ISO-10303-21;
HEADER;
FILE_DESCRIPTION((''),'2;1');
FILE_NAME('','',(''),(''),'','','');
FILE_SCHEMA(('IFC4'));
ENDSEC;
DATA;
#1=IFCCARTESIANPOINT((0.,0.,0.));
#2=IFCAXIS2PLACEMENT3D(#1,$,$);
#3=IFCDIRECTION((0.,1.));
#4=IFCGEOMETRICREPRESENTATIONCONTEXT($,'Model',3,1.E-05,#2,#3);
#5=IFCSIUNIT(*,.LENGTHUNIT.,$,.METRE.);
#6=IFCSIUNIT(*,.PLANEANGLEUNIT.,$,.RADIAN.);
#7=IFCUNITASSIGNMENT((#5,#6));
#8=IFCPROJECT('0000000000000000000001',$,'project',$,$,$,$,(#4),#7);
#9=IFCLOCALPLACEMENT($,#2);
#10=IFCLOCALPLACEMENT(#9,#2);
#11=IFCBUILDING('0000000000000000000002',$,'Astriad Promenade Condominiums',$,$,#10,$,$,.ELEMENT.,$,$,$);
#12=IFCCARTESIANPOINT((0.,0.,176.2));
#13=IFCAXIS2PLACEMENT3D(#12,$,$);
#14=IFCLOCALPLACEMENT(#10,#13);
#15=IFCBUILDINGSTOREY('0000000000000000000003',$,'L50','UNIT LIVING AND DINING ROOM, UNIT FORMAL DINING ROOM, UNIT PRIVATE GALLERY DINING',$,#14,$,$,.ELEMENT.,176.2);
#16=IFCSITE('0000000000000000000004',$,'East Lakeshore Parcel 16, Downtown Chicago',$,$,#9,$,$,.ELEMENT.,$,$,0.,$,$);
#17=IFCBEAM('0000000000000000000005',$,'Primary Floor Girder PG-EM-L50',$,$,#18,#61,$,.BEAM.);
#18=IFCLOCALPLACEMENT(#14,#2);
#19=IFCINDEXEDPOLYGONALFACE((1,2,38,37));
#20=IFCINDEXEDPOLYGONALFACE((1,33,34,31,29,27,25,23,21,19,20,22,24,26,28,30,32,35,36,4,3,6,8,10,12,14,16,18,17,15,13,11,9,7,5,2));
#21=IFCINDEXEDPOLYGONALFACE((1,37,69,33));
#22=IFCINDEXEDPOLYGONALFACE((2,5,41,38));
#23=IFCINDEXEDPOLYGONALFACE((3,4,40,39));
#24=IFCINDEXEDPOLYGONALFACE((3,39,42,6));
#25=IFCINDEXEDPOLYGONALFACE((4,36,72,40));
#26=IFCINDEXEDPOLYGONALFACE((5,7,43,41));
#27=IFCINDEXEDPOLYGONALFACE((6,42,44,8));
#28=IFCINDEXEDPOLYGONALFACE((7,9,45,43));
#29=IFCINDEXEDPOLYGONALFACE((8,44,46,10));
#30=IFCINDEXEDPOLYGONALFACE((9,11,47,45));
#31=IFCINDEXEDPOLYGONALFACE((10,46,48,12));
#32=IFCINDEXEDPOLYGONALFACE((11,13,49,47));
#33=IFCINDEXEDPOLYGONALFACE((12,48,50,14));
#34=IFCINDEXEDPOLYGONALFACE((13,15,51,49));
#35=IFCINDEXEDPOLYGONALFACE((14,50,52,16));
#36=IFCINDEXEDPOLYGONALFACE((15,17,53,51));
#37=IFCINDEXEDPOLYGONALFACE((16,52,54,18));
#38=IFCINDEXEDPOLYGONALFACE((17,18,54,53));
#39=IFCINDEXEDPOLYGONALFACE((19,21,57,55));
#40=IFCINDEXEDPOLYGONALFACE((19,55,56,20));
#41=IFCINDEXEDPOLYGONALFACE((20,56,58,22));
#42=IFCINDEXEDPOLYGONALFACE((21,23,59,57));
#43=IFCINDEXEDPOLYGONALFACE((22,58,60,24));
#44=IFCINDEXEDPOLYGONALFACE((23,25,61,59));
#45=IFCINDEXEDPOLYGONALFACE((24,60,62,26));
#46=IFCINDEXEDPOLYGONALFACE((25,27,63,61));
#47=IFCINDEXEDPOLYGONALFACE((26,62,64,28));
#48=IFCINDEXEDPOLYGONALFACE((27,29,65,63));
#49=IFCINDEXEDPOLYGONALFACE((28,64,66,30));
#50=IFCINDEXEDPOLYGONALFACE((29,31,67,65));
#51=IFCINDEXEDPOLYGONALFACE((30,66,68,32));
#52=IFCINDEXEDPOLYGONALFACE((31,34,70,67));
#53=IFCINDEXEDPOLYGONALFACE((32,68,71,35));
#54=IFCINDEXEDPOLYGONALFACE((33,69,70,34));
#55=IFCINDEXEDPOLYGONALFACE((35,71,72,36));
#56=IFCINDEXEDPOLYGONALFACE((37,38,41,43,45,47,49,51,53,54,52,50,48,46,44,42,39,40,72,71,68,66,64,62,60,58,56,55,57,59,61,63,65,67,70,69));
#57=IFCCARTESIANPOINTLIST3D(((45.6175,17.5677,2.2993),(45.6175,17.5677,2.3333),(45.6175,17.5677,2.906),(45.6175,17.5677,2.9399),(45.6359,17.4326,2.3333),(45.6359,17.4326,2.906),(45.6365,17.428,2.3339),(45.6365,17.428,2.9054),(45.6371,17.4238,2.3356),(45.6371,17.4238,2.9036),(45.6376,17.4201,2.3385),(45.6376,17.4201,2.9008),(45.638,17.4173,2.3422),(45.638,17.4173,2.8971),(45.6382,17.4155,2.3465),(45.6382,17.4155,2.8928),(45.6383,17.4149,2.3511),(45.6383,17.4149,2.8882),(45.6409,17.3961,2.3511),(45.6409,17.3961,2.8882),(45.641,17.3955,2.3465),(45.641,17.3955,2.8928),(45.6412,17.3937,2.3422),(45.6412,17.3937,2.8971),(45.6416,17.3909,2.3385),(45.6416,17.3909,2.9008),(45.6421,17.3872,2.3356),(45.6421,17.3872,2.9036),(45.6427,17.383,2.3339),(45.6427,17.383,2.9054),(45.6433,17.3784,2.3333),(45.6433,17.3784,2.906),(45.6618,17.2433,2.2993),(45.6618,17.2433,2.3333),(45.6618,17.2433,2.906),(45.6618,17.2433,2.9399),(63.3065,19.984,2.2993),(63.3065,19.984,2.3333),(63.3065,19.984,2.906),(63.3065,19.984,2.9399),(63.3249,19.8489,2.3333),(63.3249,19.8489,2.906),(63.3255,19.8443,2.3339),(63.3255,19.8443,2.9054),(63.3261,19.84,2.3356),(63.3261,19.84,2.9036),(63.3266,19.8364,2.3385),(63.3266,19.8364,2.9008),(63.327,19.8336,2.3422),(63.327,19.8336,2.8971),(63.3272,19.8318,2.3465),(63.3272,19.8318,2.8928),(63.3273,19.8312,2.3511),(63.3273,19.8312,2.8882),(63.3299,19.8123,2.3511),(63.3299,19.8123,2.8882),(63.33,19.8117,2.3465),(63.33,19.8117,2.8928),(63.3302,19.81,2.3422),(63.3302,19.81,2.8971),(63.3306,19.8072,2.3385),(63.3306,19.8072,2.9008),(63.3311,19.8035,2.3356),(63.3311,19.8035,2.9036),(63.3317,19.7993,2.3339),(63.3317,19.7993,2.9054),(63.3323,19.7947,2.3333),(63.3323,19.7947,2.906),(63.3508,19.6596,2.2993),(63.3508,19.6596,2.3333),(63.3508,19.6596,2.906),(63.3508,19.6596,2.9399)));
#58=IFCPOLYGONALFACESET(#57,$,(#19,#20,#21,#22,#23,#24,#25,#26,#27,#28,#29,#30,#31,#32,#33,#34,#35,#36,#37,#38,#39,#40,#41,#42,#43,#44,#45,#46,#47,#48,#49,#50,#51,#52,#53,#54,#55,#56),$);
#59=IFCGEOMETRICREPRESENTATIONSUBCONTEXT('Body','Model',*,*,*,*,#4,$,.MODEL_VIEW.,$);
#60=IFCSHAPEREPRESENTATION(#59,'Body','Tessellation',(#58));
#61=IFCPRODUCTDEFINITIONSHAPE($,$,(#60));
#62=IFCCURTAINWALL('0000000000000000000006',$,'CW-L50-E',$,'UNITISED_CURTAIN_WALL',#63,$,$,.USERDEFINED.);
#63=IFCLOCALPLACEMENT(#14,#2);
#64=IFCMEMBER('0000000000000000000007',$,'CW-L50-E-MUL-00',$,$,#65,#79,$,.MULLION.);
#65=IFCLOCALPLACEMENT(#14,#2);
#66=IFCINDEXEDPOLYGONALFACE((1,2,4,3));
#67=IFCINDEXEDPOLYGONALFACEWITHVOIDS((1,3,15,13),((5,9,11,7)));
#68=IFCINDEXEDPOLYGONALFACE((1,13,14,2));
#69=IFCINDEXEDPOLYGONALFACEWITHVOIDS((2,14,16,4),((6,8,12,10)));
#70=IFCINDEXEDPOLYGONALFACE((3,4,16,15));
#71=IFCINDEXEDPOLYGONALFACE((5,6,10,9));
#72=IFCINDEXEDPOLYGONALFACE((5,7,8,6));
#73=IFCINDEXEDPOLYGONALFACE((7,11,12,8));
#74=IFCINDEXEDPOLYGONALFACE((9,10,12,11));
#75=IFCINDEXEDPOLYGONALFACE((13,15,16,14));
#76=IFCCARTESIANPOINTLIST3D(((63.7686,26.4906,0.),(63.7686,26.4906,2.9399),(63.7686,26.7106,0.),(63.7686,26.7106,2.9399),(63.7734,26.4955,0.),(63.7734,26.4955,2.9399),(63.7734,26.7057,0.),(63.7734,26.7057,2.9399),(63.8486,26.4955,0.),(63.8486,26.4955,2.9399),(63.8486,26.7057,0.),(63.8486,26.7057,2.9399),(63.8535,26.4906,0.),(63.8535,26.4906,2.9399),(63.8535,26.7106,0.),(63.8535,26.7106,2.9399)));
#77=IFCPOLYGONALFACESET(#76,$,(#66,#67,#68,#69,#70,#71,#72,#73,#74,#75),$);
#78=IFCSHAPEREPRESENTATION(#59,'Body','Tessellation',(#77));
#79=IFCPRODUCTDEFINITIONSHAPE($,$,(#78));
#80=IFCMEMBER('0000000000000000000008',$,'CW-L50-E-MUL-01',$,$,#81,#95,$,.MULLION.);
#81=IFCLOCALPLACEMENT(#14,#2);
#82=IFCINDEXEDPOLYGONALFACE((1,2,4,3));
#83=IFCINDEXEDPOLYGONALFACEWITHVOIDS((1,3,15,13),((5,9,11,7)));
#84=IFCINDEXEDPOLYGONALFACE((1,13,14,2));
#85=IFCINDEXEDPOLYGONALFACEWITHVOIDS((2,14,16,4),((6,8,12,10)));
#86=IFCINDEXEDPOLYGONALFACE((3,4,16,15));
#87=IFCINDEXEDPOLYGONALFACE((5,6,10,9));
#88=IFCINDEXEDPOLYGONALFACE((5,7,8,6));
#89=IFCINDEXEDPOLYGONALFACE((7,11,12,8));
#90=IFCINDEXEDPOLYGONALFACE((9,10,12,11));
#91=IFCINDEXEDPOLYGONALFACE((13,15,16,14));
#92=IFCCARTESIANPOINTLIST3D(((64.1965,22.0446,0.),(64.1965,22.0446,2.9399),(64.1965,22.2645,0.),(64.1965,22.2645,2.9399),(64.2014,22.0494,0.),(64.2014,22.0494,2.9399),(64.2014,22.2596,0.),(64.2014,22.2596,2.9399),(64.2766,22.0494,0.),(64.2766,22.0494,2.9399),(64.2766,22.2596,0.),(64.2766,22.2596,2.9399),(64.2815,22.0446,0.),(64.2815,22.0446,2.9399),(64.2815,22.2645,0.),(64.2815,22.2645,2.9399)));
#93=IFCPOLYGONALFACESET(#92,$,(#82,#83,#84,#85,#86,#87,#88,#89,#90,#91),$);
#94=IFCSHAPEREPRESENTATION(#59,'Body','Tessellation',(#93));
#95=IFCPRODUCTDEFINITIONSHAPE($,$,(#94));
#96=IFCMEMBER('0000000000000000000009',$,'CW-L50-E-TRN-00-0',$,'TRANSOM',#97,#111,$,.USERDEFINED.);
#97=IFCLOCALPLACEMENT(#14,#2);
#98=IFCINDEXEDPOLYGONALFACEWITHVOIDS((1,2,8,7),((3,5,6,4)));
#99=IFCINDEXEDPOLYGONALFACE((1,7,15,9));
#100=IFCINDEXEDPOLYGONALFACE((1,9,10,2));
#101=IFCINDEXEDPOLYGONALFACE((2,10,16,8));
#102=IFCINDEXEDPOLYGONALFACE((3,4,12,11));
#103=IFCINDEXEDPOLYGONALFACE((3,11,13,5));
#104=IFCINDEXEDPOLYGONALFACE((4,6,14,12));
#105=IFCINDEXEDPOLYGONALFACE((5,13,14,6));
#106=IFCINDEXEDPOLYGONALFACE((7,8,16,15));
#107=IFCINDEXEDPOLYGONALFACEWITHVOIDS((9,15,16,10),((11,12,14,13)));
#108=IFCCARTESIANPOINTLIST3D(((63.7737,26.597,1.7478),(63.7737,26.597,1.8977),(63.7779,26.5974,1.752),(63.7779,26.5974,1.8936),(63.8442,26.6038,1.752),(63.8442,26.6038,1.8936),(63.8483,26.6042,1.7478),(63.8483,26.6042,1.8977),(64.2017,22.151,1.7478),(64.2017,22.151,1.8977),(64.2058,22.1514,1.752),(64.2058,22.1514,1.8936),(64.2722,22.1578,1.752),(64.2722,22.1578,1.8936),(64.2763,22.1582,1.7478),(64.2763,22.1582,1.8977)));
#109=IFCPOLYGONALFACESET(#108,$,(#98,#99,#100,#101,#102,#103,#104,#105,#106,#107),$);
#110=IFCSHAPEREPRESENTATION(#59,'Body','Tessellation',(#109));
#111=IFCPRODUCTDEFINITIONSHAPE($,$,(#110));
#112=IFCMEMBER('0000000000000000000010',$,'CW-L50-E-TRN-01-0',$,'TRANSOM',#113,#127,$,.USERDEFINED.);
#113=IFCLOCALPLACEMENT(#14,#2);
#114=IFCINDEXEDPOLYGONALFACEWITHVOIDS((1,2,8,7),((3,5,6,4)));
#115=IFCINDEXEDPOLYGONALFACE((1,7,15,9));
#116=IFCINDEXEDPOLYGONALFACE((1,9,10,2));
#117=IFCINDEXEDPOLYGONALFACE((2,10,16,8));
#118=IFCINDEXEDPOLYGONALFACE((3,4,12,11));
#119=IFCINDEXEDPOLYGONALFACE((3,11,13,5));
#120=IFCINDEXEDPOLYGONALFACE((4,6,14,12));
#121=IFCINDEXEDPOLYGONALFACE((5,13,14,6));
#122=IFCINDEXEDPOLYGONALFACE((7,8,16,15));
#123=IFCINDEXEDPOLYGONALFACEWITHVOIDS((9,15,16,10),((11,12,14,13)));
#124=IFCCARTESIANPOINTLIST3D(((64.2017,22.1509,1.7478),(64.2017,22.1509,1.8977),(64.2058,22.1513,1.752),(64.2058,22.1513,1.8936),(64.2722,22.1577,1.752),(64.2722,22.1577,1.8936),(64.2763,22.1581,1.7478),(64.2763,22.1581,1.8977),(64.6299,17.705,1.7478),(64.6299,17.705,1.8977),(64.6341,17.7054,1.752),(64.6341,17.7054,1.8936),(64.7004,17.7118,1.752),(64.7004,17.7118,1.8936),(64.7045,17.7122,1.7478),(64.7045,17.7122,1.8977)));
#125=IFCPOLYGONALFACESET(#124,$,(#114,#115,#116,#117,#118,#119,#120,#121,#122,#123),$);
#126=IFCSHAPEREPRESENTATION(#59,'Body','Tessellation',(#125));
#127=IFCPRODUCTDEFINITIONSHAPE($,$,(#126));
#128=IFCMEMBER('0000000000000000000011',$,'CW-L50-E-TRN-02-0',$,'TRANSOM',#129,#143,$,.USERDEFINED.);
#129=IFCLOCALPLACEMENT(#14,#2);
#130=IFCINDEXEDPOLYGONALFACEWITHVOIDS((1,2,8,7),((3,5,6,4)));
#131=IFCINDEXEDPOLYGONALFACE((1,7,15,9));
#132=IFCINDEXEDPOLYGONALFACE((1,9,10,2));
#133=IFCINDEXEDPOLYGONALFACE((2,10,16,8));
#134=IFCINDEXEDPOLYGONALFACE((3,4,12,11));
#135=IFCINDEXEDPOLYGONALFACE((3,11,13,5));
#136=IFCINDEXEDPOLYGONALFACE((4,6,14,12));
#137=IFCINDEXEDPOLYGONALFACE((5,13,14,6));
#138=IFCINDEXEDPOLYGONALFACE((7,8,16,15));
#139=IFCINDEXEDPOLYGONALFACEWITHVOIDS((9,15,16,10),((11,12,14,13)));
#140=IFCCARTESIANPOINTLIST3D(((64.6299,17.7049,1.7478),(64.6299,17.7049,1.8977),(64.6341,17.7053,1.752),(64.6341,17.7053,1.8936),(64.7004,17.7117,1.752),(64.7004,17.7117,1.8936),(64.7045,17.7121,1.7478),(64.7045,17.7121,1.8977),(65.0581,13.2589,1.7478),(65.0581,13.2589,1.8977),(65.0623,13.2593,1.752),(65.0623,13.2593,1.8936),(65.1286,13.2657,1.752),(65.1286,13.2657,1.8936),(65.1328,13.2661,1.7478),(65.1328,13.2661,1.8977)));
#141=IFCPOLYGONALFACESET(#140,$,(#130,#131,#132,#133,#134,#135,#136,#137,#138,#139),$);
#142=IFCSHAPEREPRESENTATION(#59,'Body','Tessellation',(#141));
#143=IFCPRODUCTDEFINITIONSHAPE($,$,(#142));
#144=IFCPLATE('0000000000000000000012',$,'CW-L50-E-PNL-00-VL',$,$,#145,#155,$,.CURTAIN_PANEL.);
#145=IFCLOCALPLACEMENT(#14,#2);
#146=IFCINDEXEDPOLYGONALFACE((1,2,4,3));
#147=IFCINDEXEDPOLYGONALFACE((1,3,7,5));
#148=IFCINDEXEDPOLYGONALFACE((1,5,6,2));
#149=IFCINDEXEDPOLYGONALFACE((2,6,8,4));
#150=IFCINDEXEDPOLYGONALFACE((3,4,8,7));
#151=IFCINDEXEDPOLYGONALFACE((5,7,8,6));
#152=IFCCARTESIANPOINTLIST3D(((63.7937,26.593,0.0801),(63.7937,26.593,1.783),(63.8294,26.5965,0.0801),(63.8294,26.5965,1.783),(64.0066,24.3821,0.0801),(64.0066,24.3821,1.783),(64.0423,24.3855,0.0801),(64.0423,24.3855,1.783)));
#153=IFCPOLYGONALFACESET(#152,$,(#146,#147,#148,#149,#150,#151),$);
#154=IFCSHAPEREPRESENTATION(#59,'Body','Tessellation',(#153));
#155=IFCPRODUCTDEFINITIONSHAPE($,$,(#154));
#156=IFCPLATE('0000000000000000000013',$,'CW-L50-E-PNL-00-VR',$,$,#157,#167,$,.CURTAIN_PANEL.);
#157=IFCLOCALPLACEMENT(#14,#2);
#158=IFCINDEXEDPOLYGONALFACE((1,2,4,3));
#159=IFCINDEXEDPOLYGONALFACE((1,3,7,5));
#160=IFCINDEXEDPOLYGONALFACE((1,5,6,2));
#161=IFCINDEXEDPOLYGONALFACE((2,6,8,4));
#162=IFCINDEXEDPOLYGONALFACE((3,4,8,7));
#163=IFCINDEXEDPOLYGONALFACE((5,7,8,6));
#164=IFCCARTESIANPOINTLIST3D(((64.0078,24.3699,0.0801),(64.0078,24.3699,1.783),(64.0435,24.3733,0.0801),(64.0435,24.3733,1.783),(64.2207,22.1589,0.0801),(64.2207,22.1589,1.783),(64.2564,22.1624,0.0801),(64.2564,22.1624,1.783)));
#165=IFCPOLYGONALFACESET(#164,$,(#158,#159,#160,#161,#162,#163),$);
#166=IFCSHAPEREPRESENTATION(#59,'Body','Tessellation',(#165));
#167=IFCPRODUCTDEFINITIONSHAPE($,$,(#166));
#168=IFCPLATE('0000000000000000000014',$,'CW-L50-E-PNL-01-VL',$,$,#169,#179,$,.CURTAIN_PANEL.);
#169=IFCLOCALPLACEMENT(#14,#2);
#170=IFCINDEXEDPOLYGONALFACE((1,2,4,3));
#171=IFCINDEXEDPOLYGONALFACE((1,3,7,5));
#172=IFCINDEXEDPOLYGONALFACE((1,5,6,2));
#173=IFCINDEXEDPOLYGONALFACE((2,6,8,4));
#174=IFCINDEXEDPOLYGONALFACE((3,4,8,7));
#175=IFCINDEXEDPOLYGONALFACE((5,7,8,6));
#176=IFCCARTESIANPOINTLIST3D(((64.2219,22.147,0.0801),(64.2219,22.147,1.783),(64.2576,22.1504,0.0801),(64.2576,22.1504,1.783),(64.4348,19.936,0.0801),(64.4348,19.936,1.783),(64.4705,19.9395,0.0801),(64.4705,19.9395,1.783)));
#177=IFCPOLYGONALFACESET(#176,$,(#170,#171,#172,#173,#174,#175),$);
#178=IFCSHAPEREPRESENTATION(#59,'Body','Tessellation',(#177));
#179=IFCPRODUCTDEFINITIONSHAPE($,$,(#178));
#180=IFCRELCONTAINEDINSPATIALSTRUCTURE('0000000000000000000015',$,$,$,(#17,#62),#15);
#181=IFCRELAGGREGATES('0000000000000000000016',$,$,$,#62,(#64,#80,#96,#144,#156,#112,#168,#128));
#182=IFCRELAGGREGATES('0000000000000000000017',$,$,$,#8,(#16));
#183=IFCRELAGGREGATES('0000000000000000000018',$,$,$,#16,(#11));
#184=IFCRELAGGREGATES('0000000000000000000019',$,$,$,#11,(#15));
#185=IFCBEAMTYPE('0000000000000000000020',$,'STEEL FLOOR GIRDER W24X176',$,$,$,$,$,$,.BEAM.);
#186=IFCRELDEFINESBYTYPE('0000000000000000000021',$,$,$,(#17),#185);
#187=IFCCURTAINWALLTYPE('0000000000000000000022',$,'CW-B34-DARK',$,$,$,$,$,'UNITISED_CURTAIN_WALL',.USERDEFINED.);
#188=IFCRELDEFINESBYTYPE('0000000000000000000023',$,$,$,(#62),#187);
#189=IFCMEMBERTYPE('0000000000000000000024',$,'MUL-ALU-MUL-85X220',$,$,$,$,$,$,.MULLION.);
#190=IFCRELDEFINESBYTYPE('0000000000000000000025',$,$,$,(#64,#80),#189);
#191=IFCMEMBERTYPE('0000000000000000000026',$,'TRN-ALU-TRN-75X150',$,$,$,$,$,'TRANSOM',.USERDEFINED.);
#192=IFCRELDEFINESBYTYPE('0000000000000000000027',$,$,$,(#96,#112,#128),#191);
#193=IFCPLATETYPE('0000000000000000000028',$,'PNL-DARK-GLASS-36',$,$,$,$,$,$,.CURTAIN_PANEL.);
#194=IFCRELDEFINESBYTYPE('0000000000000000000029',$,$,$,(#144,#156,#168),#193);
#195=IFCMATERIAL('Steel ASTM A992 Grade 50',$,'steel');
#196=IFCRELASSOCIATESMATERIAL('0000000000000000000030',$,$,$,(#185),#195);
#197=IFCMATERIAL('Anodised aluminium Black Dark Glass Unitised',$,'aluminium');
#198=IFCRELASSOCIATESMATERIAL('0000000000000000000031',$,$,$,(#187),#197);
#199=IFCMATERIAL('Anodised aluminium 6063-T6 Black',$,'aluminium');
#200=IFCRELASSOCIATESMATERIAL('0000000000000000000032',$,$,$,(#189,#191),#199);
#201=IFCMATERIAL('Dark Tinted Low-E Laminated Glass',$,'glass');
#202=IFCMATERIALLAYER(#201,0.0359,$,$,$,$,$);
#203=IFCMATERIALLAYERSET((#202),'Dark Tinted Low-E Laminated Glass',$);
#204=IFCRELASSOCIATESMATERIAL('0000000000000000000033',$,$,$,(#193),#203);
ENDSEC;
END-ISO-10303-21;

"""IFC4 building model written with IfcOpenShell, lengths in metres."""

from ifc_helpers import new_model, si_unit, direction, frame, origin, origin_2d, place, context, subcontext, project, spatial, rectangle, hollow_rectangle, i_section, extrude, source, transform, mapped, material, layer, layer_set, material_profile, profile_set, type_object, type_shapes, element, aggregate, save


model = new_model("IFC4")

# Units and contexts
model_context = context("Model", 3, precision=1e-05, world=origin(), true_north=direction((0.0, 1.0)))
body_context = subcontext(model_context, "Body", "Model", "MODEL_VIEW")
ifc_project = project(units=[si_unit("LENGTHUNIT", "METRE"), si_unit("PLANEANGLEUNIT", "RADIAN")], contexts=[model_context])

# Site, building, storey
site_placement = place(None, origin())
site = spatial("IfcSite", under=ifc_project, at=site_placement, Name="East Lakeshore Parcel 16, Downtown Chicago", CompositionType="ELEMENT", RefElevation=0.0)
building_placement = place(site_placement, origin())
building = spatial("IfcBuilding", under=site, at=building_placement, Name="Astriad Promenade Condominiums", CompositionType="ELEMENT")
storey_placement = place(building_placement, frame((0.0, 0.0, 176.2)))
storey = spatial("IfcBuildingStorey", under=building, at=storey_placement, Name="L50", Description="UNIT LIVING AND DINING ROOM, UNIT FORMAL DINING ROOM, UNIT PRIVATE GALLERY DINING", CompositionType="ELEMENT", Elevation=176.2)

# Beam
ifc_material_1 = material(Name="Steel ASTM A992 Grade 50", Category="steel")
ifc_material_profile_1 = material_profile(ifc_material_1, i_section(OverallWidth=0.3274, OverallDepth=0.6406, WebThickness=0.019, FlangeThickness=0.0339, FilletRadius=0.0178, at=origin_2d()), Name="W24X176")
ifc_profile_set_1 = profile_set([ifc_material_profile_1], Name="Steel ASTM A992 Grade 50")
beam_type_1 = type_object("IfcBeamType", Name="STEEL FLOOR GIRDER W24X176", PredefinedType="BEAM", material=ifc_profile_set_1)
shared_shape_1 = source(origin(), body_context, "Body", "SweptSolid", [
    extrude(i_section(OverallWidth=0.3274, OverallDepth=0.6406, WebThickness=0.019, FlangeThickness=0.0339, FilletRadius=0.0178, at=origin_2d()), origin(), (0.0, 0.0, 1.0), 17.8533),
])
type_shapes(beam_type_1, [shared_shape_1])
beam_1_placement = place(storey_placement, frame((63.3286, 19.8218, 2.6196), z_axis=(-0.990799, -0.13534, 0.0), x_axis=(0.13534, -0.990799, 0.0)))
element("IfcBeam", 1, at=beam_1_placement, inside=storey, type_object=beam_type_1, Name="Primary Floor Girder PG-EM-L50", PredefinedType="BEAM", context=body_context, shape_type="MappedRepresentation", body=[
    mapped(shared_shape_1, transform((0.0, 0.0, 0.0), scale=1.0)),
])

# Curtain wall, members, plates
ifc_material_2 = material(Name="Anodised aluminium Black Dark Glass Unitised", Category="aluminium")
curtain_wall_type = type_object("IfcCurtainWallType", Name="CW-B34-DARK", ElementType="UNITISED_CURTAIN_WALL", PredefinedType="USERDEFINED", material=ifc_material_2)
curtain_wall_placement = place(storey_placement, origin())
curtain_wall = element("IfcCurtainWall", 2, at=curtain_wall_placement, inside=storey, type_object=curtain_wall_type, Name="CW-L50-E", ObjectType="UNITISED_CURTAIN_WALL", PredefinedType="USERDEFINED")
ifc_material_3 = material(Name="Anodised aluminium 6063-T6 Black", Category="aluminium")
ifc_material_profile_2 = material_profile(ifc_material_3, hollow_rectangle(XDim=0.085, YDim=0.22, WallThickness=0.0049, at=origin_2d()), Name="ALU-MUL-85X220")
ifc_profile_set_2 = profile_set([ifc_material_profile_2], Name="Anodised aluminium 6063-T6 Black")
member_type_1 = type_object("IfcMemberType", Name="MUL-ALU-MUL-85X220", PredefinedType="MULLION", material=ifc_profile_set_2)
shared_shape_2 = source(origin(), body_context, "Body", "SweptSolid", [
    extrude(hollow_rectangle(XDim=0.085, YDim=0.22, WallThickness=0.0049, at=origin_2d()), origin(), (0.0, 0.0, 1.0), 2.9399),
])
type_shapes(member_type_1, [shared_shape_2])
member_1_placement = place(storey_placement, frame((63.811, 26.6006, 0.0), z_axis=(0.0, 0.0, 1.0), x_axis=(1.0, 0.0, 0.0)))
member_1 = element("IfcMember", 3, at=member_1_placement, type_object=member_type_1, Name="CW-L50-E-MUL-00", PredefinedType="MULLION", context=body_context, shape_type="MappedRepresentation", body=[
    mapped(shared_shape_2, transform((0.0, 0.0, 0.0), scale=1.0)),
])
member_2_placement = place(storey_placement, frame((64.239, 22.1545, 0.0), z_axis=(0.0, 0.0, 1.0), x_axis=(1.0, 0.0, 0.0)))
member_2 = element("IfcMember", 4, at=member_2_placement, type_object=member_type_1, Name="CW-L50-E-MUL-01", PredefinedType="MULLION", context=body_context, shape_type="MappedRepresentation", body=[
    mapped(shared_shape_2, transform((0.0, 0.0, 0.0), scale=1.0)),
])
ifc_material_profile_3 = material_profile(ifc_material_3, hollow_rectangle(XDim=0.075, YDim=0.1499, WallThickness=0.0042, at=origin_2d()), Name="ALU-TRN-75X150")
ifc_profile_set_3 = profile_set([ifc_material_profile_3], Name="Anodised aluminium 6063-T6 Black")
member_type_2 = type_object("IfcMemberType", Name="TRN-ALU-TRN-75X150", ElementType="TRANSOM", PredefinedType="USERDEFINED", material=ifc_profile_set_3)
shared_shape_3 = source(origin(), body_context, "Body", "SweptSolid", [
    extrude(hollow_rectangle(XDim=0.075, YDim=0.1499, WallThickness=0.0042, at=origin_2d()), origin(), (0.0, 0.0, 1.0), 4.4666),
])
type_shapes(member_type_2, [shared_shape_3])
member_3_placement = place(storey_placement, frame((63.811, 26.6006, 1.8228), z_axis=(0.095818, -0.995399, 0.0), x_axis=(0.995399, 0.095818, 0.0)))
member_3 = element("IfcMember", 5, at=member_3_placement, type_object=member_type_2, Name="CW-L50-E-TRN-00-0", ObjectType="TRANSOM", PredefinedType="USERDEFINED", context=body_context, shape_type="MappedRepresentation", body=[
    mapped(shared_shape_3, transform((0.0, 0.0, 0.0), scale=1.0)),
])
member_4_placement = place(storey_placement, frame((64.239, 22.1545, 1.8228), z_axis=(0.095872, -0.995394, 0.0), x_axis=(0.995394, 0.095872, 0.0)))
member_4 = element("IfcMember", 6, at=member_4_placement, type_object=member_type_2, Name="CW-L50-E-TRN-01-0", ObjectType="TRANSOM", PredefinedType="USERDEFINED", context=body_context, shape_type="MappedRepresentation", body=[
    mapped(shared_shape_3, transform((0.0, 0.0, 0.0), scale=1.0)),
])
member_5_placement = place(storey_placement, frame((64.6672, 17.7085, 1.8228), z_axis=(0.095872, -0.995394, 0.0), x_axis=(0.995394, 0.095872, 0.0)))
member_5 = element("IfcMember", 7, at=member_5_placement, type_object=member_type_2, Name="CW-L50-E-TRN-02-0", ObjectType="TRANSOM", PredefinedType="USERDEFINED", context=body_context, shape_type="MappedRepresentation", body=[
    mapped(shared_shape_3, transform((0.0, 0.0, 0.0), scale=1.0)),
])
ifc_material_4 = material(Name="Dark Tinted Low-E Laminated Glass", Category="glass")
ifc_layer_1 = layer(ifc_material_4, 0.0359)
ifc_layer_set_1 = layer_set([ifc_layer_1], Name="Dark Tinted Low-E Laminated Glass")
plate_type = type_object("IfcPlateType", Name="PNL-DARK-GLASS-36", PredefinedType="CURTAIN_PANEL", material=ifc_layer_set_1)
shared_shape_4 = source(origin(), body_context, "Body", "SweptSolid", [
    extrude(rectangle(XDim=2.2212, YDim=0.0359, at=origin_2d()), origin(), (0.0, 0.0, 1.0), 1.7029),
])
plate_1_placement = place(storey_placement, frame((63.918, 25.4893, 0.0801), z_axis=(0.0, 0.0, 1.0), x_axis=(0.095846, -0.995396, 0.0)))
plate_1 = element("IfcPlate", 8, at=plate_1_placement, type_object=plate_type, Name="CW-L50-E-PNL-00-VL", PredefinedType="CURTAIN_PANEL", context=body_context, shape_type="MappedRepresentation", body=[
    mapped(shared_shape_4, transform((0.0, 0.0, 0.0), scale=1.0)),
])
plate_2_placement = place(storey_placement, frame((64.1321, 23.2661, 0.0801), z_axis=(0.0, 0.0, 1.0), x_axis=(0.095846, -0.995396, 0.0)))
plate_2 = element("IfcPlate", 9, at=plate_2_placement, type_object=plate_type, Name="CW-L50-E-PNL-00-VR", PredefinedType="CURTAIN_PANEL", context=body_context, shape_type="MappedRepresentation", body=[
    mapped(shared_shape_4, transform((0.0, 0.0, 0.0), scale=1.0)),
])
plate_3_placement = place(storey_placement, frame((64.3462, 21.0432, 0.0801), z_axis=(0.0, 0.0, 1.0), x_axis=(0.095846, -0.995396, 0.0)))
plate_3 = element("IfcPlate", 10, at=plate_3_placement, type_object=plate_type, Name="CW-L50-E-PNL-01-VL", PredefinedType="CURTAIN_PANEL", context=body_context, shape_type="MappedRepresentation", body=[
    mapped(shared_shape_4, transform((0.0, 0.0, 0.0), scale=1.0)),
])
aggregate(curtain_wall, [member_1, member_2, member_3, plate_1, plate_2, member_4, plate_3, member_5])

save(model, "model.ifc")
